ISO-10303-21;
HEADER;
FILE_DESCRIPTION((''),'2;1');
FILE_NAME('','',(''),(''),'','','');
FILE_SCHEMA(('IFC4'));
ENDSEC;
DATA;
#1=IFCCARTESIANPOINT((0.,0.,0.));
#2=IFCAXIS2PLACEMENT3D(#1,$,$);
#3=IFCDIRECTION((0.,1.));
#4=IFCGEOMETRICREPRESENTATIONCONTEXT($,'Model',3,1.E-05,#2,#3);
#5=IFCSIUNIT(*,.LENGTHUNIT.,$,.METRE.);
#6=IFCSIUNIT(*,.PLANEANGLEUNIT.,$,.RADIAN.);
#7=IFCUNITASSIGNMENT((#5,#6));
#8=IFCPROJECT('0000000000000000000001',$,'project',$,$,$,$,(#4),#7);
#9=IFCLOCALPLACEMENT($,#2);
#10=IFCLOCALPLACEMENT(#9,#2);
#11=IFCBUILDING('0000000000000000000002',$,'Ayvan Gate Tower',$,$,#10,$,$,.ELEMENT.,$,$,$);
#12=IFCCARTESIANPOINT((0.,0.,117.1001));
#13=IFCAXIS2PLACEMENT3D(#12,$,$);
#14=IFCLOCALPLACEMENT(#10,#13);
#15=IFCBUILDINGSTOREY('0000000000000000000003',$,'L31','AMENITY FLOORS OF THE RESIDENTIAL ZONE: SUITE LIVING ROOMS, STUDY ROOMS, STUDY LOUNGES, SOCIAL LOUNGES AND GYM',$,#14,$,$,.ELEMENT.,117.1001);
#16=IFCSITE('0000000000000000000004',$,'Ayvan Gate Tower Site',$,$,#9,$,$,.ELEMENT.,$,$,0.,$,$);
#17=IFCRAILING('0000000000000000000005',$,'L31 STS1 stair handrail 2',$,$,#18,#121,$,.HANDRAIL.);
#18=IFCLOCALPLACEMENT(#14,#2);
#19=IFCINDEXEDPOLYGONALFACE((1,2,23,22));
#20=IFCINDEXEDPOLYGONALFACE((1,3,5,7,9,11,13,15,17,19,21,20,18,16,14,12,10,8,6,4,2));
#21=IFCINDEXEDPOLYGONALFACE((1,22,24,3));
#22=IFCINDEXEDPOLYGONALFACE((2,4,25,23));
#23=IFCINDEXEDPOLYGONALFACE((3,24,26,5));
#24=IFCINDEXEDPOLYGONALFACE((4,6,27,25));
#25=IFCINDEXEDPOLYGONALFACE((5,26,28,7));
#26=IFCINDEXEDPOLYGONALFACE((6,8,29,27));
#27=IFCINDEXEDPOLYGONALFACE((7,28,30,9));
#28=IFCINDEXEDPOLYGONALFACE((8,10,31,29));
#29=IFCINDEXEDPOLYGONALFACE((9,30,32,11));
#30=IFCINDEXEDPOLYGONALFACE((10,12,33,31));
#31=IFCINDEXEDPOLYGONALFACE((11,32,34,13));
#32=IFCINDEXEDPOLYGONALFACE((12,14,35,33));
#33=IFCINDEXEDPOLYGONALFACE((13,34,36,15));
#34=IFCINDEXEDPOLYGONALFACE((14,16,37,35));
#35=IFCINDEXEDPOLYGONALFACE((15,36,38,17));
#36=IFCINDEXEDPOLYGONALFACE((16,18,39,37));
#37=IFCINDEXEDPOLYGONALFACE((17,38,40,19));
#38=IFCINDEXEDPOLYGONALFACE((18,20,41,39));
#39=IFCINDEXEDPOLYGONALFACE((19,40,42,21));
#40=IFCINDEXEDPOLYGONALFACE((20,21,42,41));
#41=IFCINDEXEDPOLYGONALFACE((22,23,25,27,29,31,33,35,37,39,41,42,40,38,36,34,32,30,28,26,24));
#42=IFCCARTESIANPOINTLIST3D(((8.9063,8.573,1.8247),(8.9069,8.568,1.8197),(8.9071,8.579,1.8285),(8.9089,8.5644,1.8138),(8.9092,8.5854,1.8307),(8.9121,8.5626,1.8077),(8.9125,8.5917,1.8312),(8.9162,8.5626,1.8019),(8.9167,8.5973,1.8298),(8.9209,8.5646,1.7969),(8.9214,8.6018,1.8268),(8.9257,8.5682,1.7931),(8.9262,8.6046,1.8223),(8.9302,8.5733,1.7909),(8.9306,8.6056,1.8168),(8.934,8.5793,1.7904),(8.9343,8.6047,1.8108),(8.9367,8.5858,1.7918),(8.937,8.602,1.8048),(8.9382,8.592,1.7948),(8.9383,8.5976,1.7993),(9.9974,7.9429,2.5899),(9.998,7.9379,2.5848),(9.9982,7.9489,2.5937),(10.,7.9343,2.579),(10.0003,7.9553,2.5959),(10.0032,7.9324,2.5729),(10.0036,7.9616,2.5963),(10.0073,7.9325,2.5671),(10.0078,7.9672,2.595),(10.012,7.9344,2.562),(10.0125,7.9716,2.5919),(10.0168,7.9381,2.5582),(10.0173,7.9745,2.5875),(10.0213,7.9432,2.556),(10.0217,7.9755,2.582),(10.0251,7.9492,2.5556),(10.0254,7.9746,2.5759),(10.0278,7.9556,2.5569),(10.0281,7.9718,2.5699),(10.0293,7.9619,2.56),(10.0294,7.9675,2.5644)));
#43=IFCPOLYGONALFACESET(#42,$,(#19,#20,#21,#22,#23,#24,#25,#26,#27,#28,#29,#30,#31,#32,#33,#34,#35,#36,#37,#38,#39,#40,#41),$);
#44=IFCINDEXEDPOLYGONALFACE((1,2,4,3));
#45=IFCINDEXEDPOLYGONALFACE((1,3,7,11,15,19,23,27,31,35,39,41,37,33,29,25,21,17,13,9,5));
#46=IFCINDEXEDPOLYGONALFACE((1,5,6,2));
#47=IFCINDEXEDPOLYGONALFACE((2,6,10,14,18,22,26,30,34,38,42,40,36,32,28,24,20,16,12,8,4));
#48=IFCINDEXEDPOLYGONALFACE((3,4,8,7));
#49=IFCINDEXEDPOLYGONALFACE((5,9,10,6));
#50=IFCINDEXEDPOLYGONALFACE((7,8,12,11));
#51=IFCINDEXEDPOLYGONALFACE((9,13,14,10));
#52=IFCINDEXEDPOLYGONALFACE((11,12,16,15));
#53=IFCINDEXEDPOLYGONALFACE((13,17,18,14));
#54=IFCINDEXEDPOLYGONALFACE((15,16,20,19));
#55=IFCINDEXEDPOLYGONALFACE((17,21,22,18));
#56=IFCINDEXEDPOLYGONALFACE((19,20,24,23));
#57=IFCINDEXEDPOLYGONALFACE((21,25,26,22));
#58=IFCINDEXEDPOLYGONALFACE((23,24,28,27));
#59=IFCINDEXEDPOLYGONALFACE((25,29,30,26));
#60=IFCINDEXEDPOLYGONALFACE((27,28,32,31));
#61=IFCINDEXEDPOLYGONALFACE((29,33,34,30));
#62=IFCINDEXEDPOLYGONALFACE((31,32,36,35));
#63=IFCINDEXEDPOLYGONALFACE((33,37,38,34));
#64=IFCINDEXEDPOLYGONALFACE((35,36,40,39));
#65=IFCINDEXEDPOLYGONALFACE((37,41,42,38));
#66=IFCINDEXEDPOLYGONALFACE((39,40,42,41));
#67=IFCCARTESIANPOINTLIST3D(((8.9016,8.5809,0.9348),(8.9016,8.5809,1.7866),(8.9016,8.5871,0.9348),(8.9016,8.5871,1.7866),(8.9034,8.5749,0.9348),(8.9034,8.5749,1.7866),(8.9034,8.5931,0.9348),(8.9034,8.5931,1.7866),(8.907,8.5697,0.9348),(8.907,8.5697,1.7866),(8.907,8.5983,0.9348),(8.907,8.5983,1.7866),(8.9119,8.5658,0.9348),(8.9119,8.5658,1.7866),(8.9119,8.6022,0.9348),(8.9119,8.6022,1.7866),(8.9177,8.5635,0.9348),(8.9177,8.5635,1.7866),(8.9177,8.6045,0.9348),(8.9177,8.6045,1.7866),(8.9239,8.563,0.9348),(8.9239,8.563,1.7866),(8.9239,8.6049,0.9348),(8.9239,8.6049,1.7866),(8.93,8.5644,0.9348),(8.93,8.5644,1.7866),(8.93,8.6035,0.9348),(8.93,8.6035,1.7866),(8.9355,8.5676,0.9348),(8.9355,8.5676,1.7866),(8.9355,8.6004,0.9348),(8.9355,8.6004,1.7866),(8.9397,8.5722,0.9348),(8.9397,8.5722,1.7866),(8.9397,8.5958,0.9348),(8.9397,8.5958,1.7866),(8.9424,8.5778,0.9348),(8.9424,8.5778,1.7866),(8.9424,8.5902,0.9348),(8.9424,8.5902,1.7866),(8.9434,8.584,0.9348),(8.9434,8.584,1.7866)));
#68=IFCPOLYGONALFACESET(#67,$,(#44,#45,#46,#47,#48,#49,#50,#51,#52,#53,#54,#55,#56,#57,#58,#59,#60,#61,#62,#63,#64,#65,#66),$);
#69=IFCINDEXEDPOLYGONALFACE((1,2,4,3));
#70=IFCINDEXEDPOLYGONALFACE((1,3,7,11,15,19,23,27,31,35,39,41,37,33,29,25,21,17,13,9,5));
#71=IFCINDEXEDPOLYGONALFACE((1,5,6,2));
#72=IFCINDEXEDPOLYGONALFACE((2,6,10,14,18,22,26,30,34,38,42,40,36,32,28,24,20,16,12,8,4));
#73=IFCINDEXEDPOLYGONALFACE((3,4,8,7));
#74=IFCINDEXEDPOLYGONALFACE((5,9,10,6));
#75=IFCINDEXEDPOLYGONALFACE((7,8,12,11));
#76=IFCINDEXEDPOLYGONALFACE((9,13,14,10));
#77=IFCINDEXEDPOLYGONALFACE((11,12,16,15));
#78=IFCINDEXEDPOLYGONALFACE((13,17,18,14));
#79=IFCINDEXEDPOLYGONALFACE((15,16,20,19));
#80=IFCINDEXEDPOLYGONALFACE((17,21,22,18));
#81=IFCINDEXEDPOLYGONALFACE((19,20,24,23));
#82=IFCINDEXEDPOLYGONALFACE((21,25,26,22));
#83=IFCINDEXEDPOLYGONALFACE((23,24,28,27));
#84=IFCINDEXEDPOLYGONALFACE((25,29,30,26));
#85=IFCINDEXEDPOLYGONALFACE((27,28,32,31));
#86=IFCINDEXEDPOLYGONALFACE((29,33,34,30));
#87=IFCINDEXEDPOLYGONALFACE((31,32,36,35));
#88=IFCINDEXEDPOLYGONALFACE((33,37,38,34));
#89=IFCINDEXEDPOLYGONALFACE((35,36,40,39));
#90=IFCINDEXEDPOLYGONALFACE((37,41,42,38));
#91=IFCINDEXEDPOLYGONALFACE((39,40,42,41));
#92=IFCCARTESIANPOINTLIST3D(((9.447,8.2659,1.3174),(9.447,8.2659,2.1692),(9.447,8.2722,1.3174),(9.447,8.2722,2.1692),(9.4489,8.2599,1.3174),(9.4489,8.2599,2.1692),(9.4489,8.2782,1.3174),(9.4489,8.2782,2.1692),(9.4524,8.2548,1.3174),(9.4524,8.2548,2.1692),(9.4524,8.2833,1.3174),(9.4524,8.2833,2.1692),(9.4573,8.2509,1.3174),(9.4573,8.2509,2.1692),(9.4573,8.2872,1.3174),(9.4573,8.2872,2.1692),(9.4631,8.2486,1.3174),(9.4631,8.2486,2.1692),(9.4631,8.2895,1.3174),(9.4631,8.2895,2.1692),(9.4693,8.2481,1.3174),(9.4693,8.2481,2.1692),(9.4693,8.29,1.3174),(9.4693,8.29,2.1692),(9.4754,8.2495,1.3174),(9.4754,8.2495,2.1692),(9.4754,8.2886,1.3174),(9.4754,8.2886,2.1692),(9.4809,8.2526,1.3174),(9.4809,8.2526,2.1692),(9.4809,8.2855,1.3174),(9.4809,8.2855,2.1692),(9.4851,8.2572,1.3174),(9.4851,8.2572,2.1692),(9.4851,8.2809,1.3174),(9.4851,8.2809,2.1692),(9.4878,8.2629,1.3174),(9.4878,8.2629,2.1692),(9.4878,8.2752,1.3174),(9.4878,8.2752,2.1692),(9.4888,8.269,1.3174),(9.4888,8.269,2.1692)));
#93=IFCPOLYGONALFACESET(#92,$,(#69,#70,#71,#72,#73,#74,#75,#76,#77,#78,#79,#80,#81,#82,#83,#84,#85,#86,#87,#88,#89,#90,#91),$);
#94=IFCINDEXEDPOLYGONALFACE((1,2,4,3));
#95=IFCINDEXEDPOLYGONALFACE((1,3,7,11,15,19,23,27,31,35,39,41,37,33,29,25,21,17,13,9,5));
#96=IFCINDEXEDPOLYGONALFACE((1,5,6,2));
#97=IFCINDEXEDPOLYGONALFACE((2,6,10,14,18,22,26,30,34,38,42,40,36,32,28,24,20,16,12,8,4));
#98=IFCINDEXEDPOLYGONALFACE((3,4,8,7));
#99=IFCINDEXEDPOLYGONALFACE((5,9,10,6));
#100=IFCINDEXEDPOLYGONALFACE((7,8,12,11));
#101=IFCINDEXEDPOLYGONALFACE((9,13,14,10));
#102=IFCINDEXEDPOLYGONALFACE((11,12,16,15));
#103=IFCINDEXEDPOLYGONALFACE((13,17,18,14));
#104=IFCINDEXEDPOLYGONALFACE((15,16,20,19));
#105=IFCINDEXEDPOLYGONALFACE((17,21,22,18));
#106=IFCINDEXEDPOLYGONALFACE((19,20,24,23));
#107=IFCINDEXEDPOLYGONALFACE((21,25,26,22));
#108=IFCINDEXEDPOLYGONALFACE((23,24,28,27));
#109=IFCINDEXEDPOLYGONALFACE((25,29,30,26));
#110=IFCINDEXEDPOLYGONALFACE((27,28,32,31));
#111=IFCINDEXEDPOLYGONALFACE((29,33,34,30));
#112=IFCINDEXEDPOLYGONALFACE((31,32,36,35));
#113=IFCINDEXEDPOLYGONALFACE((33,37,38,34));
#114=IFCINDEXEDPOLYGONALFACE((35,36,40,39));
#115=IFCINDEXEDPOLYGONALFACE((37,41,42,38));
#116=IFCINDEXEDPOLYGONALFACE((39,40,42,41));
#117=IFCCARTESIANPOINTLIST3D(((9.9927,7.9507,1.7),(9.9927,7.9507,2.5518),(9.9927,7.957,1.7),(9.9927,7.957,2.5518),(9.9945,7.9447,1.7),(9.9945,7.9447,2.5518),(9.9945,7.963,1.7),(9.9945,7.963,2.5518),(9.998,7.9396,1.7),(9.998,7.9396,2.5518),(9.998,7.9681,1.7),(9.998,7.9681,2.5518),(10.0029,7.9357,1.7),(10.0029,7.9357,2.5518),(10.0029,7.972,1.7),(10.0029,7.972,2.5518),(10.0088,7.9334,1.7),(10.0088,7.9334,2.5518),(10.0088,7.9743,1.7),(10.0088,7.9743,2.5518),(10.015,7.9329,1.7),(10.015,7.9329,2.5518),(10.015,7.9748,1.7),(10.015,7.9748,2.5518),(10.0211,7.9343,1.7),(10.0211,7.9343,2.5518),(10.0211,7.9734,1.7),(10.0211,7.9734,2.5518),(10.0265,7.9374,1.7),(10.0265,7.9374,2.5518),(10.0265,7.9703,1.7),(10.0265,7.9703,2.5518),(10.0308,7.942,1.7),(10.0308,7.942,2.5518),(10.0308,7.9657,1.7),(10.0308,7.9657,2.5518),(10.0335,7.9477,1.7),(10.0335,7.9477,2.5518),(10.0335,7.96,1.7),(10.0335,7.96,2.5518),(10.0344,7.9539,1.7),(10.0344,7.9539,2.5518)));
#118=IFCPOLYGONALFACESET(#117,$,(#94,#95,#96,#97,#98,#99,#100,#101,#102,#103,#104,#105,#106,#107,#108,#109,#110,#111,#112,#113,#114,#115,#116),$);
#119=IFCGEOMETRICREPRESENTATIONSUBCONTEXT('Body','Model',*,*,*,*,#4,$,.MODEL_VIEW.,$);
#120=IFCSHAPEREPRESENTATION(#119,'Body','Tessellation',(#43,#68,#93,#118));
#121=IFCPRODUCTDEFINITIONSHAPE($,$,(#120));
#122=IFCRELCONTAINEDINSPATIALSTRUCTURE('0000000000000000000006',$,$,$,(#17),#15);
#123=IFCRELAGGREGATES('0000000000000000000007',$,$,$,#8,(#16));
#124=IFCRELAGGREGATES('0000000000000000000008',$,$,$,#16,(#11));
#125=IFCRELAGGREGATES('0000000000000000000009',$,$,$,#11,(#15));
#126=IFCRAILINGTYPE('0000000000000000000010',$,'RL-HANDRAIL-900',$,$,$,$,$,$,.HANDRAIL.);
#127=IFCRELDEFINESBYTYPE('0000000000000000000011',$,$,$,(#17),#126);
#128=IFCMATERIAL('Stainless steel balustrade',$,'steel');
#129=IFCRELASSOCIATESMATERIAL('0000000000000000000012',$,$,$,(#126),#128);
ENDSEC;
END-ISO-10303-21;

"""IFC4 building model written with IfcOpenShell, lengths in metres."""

from ifc_helpers import new_model, si_unit, direction, frame, origin, origin_2d, place, context, subcontext, project, spatial, circle, extrude, material, type_object, element, save


model = new_model("IFC4")

# Units and contexts
model_context = context("Model", 3, precision=1e-05, world=origin(), true_north=direction((0.0, 1.0)))
body_context = subcontext(model_context, "Body", "Model", "MODEL_VIEW")
ifc_project = project(units=[si_unit("LENGTHUNIT", "METRE"), si_unit("PLANEANGLEUNIT", "RADIAN")], contexts=[model_context])

# Site, building, storey
site_placement = place(None, origin())
site = spatial("IfcSite", under=ifc_project, at=site_placement, Name="Ayvan Gate Tower Site", CompositionType="ELEMENT", RefElevation=0.0)
building_placement = place(site_placement, origin())
building = spatial("IfcBuilding", under=site, at=building_placement, Name="Ayvan Gate Tower", CompositionType="ELEMENT")
storey_placement = place(building_placement, frame((0.0, 0.0, 117.1001)))
storey = spatial("IfcBuildingStorey", under=building, at=storey_placement, Name="L31", Description="AMENITY FLOORS OF THE RESIDENTIAL ZONE: SUITE LIVING ROOMS, STUDY ROOMS, STUDY LOUNGES, SOCIAL LOUNGES AND GYM", CompositionType="ELEMENT", Elevation=117.1001)

# Railing
ifc_material_1 = material(Name="Stainless steel balustrade", Category="steel")
railing_type_1 = type_object("IfcRailingType", Name="RL-HANDRAIL-900", PredefinedType="HANDRAIL", material=ifc_material_1)
railing_1_placement = place(storey_placement, frame((8.9224, 8.584, 0.9348)))
element("IfcRailing", 1, at=railing_1_placement, inside=storey, type_object=railing_type_1, Name="L31 STS1 stair handrail 2", PredefinedType="HANDRAIL", context=body_context, shape_type="SweptSolid", body=[
    extrude(circle(Radius=0.0239, at=origin_2d()), frame((0.0, 0.0, 0.876), z_axis=(0.740166, -0.427471, 0.51906), x_axis=(0.500119, 0.865956, 0.0)), (0.0, 0.0, 1.0), 1.4741),
    extrude(circle(Radius=0.021, at=origin_2d()), origin(), (0.0, 0.0, 1.0), 0.8518),
    extrude(circle(Radius=0.021, at=origin_2d()), frame((0.5454, -0.3149, 0.3826)), (0.0, 0.0, 1.0), 0.8518),
    extrude(circle(Radius=0.021, at=origin_2d()), frame((1.0911, -0.6301, 0.7651)), (0.0, 0.0, 1.0), 0.8518),
])

save(model, "model.ifc")
